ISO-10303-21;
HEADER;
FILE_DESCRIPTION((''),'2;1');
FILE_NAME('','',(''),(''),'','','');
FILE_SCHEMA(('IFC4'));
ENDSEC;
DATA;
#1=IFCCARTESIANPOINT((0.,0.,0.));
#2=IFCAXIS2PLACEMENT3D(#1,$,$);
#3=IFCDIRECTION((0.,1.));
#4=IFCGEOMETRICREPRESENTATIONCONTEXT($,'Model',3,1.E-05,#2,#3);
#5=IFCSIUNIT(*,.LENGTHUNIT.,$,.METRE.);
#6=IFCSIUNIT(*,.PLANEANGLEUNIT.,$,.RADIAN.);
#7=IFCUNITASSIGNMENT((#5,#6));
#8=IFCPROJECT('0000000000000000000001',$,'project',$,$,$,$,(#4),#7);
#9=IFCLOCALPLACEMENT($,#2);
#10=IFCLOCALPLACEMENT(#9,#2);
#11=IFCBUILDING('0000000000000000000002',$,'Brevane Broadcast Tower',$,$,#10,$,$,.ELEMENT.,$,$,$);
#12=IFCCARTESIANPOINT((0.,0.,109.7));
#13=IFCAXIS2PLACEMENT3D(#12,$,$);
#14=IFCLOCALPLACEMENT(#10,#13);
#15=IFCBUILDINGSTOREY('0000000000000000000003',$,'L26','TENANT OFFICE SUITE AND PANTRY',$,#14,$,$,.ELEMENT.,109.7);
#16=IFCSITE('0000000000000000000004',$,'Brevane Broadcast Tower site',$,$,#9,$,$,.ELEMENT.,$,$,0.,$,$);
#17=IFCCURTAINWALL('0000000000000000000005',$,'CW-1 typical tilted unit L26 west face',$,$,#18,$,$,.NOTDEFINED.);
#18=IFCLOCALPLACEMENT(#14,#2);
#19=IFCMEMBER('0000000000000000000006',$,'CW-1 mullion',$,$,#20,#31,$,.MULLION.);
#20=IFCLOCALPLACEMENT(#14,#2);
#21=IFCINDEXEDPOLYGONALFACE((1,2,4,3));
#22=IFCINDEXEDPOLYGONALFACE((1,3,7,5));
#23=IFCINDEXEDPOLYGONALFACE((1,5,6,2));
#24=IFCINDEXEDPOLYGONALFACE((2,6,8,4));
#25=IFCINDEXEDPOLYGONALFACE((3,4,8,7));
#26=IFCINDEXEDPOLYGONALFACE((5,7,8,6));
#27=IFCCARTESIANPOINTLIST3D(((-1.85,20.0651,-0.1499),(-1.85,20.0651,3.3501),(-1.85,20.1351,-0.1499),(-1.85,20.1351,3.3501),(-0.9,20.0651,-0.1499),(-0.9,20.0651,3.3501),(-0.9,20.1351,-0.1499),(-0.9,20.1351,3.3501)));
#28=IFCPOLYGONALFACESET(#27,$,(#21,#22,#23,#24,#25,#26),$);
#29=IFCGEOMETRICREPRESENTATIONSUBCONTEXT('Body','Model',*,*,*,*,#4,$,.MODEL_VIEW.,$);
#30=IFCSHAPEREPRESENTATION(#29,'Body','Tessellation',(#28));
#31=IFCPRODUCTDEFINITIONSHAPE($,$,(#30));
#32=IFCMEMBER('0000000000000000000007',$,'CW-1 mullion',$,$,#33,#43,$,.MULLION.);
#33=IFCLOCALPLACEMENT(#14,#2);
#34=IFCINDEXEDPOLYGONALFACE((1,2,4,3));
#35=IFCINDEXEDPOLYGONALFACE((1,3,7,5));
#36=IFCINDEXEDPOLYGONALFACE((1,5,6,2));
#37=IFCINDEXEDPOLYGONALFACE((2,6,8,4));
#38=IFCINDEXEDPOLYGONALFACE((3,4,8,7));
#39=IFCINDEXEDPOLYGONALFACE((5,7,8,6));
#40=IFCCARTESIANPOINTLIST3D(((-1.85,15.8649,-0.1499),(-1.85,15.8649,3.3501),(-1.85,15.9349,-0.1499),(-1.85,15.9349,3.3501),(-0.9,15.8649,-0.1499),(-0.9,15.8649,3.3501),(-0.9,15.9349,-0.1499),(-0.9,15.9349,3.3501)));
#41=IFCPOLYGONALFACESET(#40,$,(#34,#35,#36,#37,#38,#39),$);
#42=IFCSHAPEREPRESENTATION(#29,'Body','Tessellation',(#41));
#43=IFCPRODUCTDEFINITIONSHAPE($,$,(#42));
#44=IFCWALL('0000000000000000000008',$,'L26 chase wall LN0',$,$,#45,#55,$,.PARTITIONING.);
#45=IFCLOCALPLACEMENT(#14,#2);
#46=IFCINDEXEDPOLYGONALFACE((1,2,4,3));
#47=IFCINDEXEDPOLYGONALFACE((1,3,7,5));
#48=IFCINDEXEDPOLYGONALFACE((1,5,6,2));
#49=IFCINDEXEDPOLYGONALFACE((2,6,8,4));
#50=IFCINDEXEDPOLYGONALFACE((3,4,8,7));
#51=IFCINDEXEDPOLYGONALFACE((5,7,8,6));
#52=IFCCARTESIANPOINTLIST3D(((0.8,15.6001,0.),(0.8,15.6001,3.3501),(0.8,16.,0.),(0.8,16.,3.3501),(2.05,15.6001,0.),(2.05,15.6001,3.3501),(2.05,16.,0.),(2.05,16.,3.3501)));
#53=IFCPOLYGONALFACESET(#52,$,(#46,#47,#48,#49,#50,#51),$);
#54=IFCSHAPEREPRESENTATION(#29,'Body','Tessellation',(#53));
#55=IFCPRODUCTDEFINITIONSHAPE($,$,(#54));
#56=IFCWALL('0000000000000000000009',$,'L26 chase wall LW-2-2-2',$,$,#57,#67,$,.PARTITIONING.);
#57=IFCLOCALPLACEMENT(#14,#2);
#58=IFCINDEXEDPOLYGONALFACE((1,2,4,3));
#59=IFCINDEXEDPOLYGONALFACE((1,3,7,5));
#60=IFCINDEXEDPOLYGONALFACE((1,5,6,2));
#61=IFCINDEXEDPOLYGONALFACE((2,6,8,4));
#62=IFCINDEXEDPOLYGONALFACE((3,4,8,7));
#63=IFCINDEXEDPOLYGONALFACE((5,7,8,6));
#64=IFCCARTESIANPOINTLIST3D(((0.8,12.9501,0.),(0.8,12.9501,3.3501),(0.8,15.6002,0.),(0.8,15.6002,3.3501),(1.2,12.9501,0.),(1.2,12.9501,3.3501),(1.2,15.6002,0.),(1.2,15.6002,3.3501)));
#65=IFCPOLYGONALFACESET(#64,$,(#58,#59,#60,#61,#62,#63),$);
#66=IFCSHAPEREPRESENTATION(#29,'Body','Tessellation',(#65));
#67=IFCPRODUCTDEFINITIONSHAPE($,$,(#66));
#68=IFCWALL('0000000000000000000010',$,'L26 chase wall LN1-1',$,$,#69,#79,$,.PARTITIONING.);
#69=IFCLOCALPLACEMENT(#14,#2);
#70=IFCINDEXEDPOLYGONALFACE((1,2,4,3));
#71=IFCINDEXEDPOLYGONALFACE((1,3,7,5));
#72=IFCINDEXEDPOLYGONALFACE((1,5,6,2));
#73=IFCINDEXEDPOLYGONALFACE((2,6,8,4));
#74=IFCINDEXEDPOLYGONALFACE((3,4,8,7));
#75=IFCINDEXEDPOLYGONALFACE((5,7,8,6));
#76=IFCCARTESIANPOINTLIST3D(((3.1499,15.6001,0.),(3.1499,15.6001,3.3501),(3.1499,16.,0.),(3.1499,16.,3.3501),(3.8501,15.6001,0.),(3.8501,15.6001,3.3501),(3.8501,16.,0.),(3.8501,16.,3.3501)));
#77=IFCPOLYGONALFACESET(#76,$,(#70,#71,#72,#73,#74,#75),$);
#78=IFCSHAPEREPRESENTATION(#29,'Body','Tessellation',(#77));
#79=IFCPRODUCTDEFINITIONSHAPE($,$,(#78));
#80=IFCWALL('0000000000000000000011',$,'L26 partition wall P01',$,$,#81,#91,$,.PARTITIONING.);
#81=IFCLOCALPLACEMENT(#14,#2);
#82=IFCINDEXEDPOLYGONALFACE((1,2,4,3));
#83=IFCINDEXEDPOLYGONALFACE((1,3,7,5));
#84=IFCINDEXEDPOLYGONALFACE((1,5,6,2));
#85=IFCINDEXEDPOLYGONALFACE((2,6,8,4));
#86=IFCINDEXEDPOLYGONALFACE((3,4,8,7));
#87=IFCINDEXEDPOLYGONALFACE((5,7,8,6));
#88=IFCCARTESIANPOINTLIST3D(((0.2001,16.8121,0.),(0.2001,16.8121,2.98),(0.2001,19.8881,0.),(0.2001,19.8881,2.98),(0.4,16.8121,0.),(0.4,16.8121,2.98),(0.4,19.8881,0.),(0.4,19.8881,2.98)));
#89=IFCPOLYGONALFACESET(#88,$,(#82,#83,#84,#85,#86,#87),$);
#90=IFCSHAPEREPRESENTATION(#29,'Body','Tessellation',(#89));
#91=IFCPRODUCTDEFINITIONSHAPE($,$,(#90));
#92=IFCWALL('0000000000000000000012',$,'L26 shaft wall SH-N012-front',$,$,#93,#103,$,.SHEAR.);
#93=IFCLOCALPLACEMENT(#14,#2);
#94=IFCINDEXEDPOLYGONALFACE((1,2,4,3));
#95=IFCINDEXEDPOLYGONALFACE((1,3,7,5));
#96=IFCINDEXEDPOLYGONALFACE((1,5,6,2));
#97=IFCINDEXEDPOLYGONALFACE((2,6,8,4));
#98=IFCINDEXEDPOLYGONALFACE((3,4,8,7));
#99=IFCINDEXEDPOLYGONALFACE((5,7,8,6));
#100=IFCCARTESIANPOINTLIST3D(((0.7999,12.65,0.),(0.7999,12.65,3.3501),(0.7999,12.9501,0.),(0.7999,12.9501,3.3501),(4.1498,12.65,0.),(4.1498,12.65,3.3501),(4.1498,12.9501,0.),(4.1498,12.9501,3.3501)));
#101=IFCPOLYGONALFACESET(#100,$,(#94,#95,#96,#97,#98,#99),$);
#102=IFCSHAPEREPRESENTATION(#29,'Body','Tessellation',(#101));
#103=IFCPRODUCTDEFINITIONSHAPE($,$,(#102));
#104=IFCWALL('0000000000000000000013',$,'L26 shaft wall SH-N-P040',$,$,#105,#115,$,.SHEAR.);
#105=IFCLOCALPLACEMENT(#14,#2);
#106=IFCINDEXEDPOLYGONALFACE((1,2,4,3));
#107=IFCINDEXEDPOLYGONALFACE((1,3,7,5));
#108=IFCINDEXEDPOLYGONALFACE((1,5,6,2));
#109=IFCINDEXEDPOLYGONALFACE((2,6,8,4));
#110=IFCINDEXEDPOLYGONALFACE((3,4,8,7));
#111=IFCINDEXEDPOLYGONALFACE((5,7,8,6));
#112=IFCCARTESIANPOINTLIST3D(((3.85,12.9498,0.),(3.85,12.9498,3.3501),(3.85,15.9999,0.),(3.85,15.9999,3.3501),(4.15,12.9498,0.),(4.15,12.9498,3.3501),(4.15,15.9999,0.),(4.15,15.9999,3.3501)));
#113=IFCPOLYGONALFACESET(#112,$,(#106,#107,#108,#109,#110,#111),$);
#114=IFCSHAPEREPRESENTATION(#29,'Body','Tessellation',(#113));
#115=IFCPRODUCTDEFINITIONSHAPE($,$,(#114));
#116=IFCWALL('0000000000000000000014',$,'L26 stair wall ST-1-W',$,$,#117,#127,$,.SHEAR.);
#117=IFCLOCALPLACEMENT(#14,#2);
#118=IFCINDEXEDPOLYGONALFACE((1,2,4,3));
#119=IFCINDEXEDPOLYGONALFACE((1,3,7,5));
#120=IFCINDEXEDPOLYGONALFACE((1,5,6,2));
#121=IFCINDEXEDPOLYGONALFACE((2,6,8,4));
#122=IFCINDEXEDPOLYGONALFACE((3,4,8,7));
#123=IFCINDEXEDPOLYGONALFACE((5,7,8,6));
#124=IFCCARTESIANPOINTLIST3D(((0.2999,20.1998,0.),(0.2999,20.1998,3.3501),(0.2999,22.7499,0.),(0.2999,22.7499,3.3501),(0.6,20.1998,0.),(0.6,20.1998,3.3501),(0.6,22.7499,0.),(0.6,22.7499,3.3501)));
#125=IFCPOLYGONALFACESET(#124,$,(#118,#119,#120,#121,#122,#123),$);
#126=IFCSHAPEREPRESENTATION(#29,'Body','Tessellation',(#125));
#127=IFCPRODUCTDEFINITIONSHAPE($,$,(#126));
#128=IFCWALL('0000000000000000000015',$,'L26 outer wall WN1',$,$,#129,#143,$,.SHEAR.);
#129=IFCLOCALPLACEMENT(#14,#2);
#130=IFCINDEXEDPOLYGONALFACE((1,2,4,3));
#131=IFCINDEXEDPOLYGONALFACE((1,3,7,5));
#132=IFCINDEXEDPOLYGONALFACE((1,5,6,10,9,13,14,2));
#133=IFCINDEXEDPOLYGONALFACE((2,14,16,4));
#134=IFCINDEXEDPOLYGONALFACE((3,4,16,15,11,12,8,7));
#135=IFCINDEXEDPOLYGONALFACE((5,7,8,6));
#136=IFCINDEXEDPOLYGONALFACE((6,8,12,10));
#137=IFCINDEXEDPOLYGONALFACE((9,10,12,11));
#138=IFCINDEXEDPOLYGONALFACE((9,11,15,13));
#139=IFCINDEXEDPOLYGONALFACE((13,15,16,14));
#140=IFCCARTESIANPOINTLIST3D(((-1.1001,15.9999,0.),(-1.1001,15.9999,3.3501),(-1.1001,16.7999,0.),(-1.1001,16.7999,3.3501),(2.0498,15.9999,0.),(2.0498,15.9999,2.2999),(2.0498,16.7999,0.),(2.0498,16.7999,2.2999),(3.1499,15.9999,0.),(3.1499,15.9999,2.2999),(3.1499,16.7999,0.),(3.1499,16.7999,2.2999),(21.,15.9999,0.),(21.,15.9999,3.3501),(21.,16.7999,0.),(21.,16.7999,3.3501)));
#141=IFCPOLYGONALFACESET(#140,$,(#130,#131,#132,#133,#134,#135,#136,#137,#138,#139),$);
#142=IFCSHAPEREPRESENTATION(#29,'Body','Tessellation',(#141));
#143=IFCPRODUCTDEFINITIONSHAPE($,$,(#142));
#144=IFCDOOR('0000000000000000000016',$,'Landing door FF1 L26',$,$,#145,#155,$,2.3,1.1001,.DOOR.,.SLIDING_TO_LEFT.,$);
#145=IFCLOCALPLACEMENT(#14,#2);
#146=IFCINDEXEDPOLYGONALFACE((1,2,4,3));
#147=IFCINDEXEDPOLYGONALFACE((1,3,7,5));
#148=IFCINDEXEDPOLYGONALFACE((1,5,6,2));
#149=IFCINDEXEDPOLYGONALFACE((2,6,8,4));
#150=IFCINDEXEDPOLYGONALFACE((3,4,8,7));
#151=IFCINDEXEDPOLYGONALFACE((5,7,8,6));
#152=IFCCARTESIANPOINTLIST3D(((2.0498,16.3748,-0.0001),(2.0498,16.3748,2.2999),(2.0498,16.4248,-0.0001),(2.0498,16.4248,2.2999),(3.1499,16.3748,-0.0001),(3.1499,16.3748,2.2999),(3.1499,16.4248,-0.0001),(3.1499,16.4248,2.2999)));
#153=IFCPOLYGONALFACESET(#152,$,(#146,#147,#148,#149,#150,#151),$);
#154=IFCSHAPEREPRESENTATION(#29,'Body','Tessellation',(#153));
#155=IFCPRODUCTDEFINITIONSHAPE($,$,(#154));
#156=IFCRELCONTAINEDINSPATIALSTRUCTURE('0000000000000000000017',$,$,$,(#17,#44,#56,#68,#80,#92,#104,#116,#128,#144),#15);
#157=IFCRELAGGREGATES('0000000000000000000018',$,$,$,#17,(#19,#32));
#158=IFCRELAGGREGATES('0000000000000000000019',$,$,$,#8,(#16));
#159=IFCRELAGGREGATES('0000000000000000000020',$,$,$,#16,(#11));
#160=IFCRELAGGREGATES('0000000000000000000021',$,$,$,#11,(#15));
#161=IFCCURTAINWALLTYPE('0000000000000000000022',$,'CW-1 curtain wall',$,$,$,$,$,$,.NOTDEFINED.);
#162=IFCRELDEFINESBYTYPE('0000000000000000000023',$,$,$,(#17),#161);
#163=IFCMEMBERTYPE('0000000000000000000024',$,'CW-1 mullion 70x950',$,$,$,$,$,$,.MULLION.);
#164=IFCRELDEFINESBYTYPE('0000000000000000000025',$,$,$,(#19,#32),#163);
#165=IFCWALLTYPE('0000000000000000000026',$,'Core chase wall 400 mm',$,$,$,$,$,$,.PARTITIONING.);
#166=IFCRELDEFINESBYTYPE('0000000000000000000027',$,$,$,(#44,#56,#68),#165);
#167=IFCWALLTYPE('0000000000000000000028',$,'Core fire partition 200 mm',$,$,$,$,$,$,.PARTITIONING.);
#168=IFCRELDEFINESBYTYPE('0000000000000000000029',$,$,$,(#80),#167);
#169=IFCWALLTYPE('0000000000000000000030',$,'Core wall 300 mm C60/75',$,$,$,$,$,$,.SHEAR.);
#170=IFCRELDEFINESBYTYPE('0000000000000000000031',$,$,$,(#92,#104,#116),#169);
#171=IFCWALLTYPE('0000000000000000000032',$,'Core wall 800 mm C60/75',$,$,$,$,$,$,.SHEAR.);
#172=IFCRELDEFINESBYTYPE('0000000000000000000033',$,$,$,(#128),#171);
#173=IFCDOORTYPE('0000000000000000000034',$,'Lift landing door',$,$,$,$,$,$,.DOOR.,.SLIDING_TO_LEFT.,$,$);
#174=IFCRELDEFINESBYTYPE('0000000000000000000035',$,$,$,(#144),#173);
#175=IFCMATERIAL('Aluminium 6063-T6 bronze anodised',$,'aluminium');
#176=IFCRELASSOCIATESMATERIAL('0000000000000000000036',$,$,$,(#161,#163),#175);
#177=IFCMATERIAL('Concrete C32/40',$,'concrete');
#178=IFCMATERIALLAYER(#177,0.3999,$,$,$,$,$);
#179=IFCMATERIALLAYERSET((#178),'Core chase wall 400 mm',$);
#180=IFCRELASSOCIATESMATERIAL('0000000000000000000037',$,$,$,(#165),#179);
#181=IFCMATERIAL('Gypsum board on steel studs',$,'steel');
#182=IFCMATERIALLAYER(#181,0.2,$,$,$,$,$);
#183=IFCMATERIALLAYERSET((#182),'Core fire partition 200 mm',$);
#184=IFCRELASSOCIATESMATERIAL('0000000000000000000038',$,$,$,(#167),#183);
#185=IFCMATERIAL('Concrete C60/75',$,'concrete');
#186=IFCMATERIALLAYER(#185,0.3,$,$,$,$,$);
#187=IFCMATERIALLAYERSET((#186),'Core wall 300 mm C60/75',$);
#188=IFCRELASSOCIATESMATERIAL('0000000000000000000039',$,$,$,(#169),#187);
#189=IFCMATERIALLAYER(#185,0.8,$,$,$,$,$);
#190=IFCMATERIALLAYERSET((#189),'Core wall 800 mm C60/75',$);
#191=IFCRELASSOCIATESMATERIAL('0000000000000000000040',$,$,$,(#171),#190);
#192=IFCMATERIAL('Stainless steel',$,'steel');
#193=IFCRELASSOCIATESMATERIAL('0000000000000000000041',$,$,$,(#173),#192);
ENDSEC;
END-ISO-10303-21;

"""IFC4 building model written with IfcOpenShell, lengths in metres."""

from ifc_helpers import new_model, si_unit, direction, frame, frame_2d, origin, origin_2d, place, context, subcontext, project, spatial, rectangle, extrude, material, layer, layer_set, material_profile, profile_set, type_object, element, fill, aggregate, save


model = new_model("IFC4")

# Units and contexts
model_context = context("Model", 3, precision=1e-05, world=origin(), true_north=direction((0.0, 1.0)))
body_context = subcontext(model_context, "Body", "Model", "MODEL_VIEW")
ifc_project = project(units=[si_unit("LENGTHUNIT", "METRE"), si_unit("PLANEANGLEUNIT", "RADIAN")], contexts=[model_context])

# Site, building, storey
site_placement = place(None, origin())
site = spatial("IfcSite", under=ifc_project, at=site_placement, Name="Brevane Broadcast Tower site", CompositionType="ELEMENT", RefElevation=0.0)
building_placement = place(site_placement, origin())
building = spatial("IfcBuilding", under=site, at=building_placement, Name="Brevane Broadcast Tower", CompositionType="ELEMENT")
storey_placement = place(building_placement, frame((0.0, 0.0, 109.7)))
storey = spatial("IfcBuildingStorey", under=building, at=storey_placement, Name="L26", Description="TENANT OFFICE SUITE AND PANTRY", CompositionType="ELEMENT", Elevation=109.7)

# Curtain wall, members
ifc_material_1 = material(Name="Aluminium 6063-T6 bronze anodised", Category="aluminium")
curtain_wall_type = type_object("IfcCurtainWallType", Name="CW-1 curtain wall", PredefinedType="NOTDEFINED", material=ifc_material_1)
curtain_wall_placement = place(storey_placement, origin())
curtain_wall = element("IfcCurtainWall", 1, at=curtain_wall_placement, inside=storey, type_object=curtain_wall_type, Name="CW-1 typical tilted unit L26 west face", PredefinedType="NOTDEFINED")
ifc_material_profile = material_profile(ifc_material_1, rectangle(XDim=0.95, YDim=0.0701, at=origin_2d()), Name="RECT 70x950")
ifc_profile_set = profile_set([ifc_material_profile], Name="Aluminium 6063-T6 bronze anodised")
member_type = type_object("IfcMemberType", Name="CW-1 mullion 70x950", PredefinedType="MULLION", material=ifc_profile_set)
member_1_placement = place(storey_placement, frame((-1.375, 20.1001, -0.1499), z_axis=(0.0, 0.0, 1.0), x_axis=(1.0, 0.0, 0.0)))
member_1 = element("IfcMember", 2, at=member_1_placement, type_object=member_type, Name="CW-1 mullion", PredefinedType="MULLION", context=body_context, shape_type="SweptSolid", body=[
    extrude(rectangle(XDim=0.95, YDim=0.0701, at=origin_2d()), origin(), (0.0, 0.0, 1.0), 3.5),
])
member_2_placement = place(storey_placement, frame((-1.375, 15.8999, -0.1499), z_axis=(0.0, 0.0, 1.0), x_axis=(1.0, 0.0, 0.0)))
member_2 = element("IfcMember", 3, at=member_2_placement, type_object=member_type, Name="CW-1 mullion", PredefinedType="MULLION", context=body_context, shape_type="SweptSolid", body=[
    extrude(rectangle(XDim=0.95, YDim=0.0701, at=origin_2d()), origin(), (0.0, 0.0, 1.0), 3.5),
])
aggregate(curtain_wall, [member_1, member_2])

# Walls
ifc_material_2 = material(Name="Concrete C32/40", Category="concrete")
ifc_layer_1 = layer(ifc_material_2, 0.3999)
ifc_layer_set_1 = layer_set([ifc_layer_1], Name="Core chase wall 400 mm")
wall_type_1 = type_object("IfcWallType", Name="Core chase wall 400 mm", PredefinedType="PARTITIONING", material=ifc_layer_set_1)
wall_1_placement = place(storey_placement, frame((0.8, 15.8, 0.0), z_axis=(0.0, 0.0, 1.0), x_axis=(1.0, 0.0, 0.0)))
element("IfcWall", 4, at=wall_1_placement, inside=storey, type_object=wall_type_1, Name="L26 chase wall LN0", PredefinedType="PARTITIONING", context=body_context, shape_type="SweptSolid", body=[
    extrude(rectangle(XDim=1.25, YDim=0.3999, at=frame_2d((0.625, 0.0))), origin(), (0.0, 0.0, 1.0), 3.3501),
])
wall_2_placement = place(storey_placement, frame((1.0, 12.95, 0.0), z_axis=(0.0, 0.0, 1.0), x_axis=(0.0, 1.0, 0.0)))
element("IfcWall", 5, at=wall_2_placement, inside=storey, type_object=wall_type_1, Name="L26 chase wall LW-2-2-2", PredefinedType="PARTITIONING", context=body_context, shape_type="SweptSolid", body=[
    extrude(rectangle(XDim=2.6501, YDim=0.3999, at=frame_2d((1.3252, 0.0))), origin(), (0.0, 0.0, 1.0), 3.3501),
])
wall_3_placement = place(storey_placement, frame((3.1499, 15.8, 0.0), z_axis=(0.0, 0.0, 1.0), x_axis=(1.0, 0.0, 0.0)))
element("IfcWall", 6, at=wall_3_placement, inside=storey, type_object=wall_type_1, Name="L26 chase wall LN1-1", PredefinedType="PARTITIONING", context=body_context, shape_type="SweptSolid", body=[
    extrude(rectangle(XDim=0.7002, YDim=0.3999, at=frame_2d((0.3501, 0.0))), origin(), (0.0, 0.0, 1.0), 3.3501),
])
ifc_material_3 = material(Name="Gypsum board on steel studs", Category="steel")
ifc_layer_2 = layer(ifc_material_3, 0.2)
ifc_layer_set_2 = layer_set([ifc_layer_2], Name="Core fire partition 200 mm")
wall_type_2 = type_object("IfcWallType", Name="Core fire partition 200 mm", PredefinedType="PARTITIONING", material=ifc_layer_set_2)
wall_4_placement = place(storey_placement, frame((0.3, 16.812, 0.0), z_axis=(0.0, 0.0, 1.0), x_axis=(0.0, 1.0, 0.0)))
element("IfcWall", 7, at=wall_4_placement, inside=storey, type_object=wall_type_2, Name="L26 partition wall P01", PredefinedType="PARTITIONING", context=body_context, shape_type="SweptSolid", body=[
    extrude(rectangle(XDim=3.0759, YDim=0.2, at=frame_2d((1.5381, 0.0))), origin(), (0.0, 0.0, 1.0), 2.98),
])
ifc_material_4 = material(Name="Concrete C60/75", Category="concrete")
ifc_layer_3 = layer(ifc_material_4, 0.3)
ifc_layer_set_3 = layer_set([ifc_layer_3], Name="Core wall 300 mm C60/75")
wall_type_3 = type_object("IfcWallType", Name="Core wall 300 mm C60/75", PredefinedType="SHEAR", material=ifc_layer_set_3)
wall_5_placement = place(storey_placement, frame((0.8, 12.8, 0.0), z_axis=(0.0, 0.0, 1.0), x_axis=(1.0, 0.0, 0.0)))
element("IfcWall", 8, at=wall_5_placement, inside=storey, type_object=wall_type_3, Name="L26 shaft wall SH-N012-front", PredefinedType="SHEAR", context=body_context, shape_type="SweptSolid", body=[
    extrude(rectangle(XDim=3.3499, YDim=0.3, at=frame_2d((1.6748, 0.0))), origin(), (0.0, 0.0, 1.0), 3.3501),
])
wall_6_placement = place(storey_placement, frame((4.0, 12.95, 0.0), z_axis=(0.0, 0.0, 1.0), x_axis=(0.0, 1.0, 0.0)))
element("IfcWall", 9, at=wall_6_placement, inside=storey, type_object=wall_type_3, Name="L26 shaft wall SH-N-P040", PredefinedType="SHEAR", context=body_context, shape_type="SweptSolid", body=[
    extrude(rectangle(XDim=3.05, YDim=0.3, at=frame_2d((1.5249, 0.0))), origin(), (0.0, 0.0, 1.0), 3.3501),
])
wall_7_placement = place(storey_placement, frame((0.45, 20.2, 0.0), z_axis=(0.0, 0.0, 1.0), x_axis=(0.0, 1.0, 0.0)))
element("IfcWall", 10, at=wall_7_placement, inside=storey, type_object=wall_type_3, Name="L26 stair wall ST-1-W", PredefinedType="SHEAR", context=body_context, shape_type="SweptSolid", body=[
    extrude(rectangle(XDim=2.55, YDim=0.3, at=frame_2d((1.2749, 0.0))), origin(), (0.0, 0.0, 1.0), 3.3501),
])

# Wall, opening, door
ifc_layer_4 = layer(ifc_material_4, 0.8)
ifc_layer_set_4 = layer_set([ifc_layer_4], Name="Core wall 800 mm C60/75")
wall_type_4 = type_object("IfcWallType", Name="Core wall 800 mm C60/75", PredefinedType="SHEAR", material=ifc_layer_set_4)
wall_8_placement = place(storey_placement, frame((-1.1001, 16.3999, 0.0), z_axis=(0.0, 0.0, 1.0), x_axis=(1.0, 0.0, 0.0)))
wall_8 = element("IfcWall", 11, at=wall_8_placement, inside=storey, type_object=wall_type_4, Name="L26 outer wall WN1", PredefinedType="SHEAR", context=body_context, shape_type="SweptSolid", body=[
    extrude(rectangle(XDim=22.1001, YDim=0.8, at=frame_2d((11.05, 0.0))), origin(), (0.0, 0.0, 1.0), 3.3501),
])
opening_placement = place(wall_8_placement, frame((3.1499, 0.0, 0.0)))
opening = element("IfcOpeningElement", 12, at=opening_placement, cuts=wall_8, PredefinedType="OPENING", context=body_context, shape_type="SweptSolid", body=[
    extrude(rectangle(XDim=1.1001, YDim=2.3, at=frame_2d((0.55, 1.1499))), frame((0.0, 0.4099, 0.0), z_axis=(0.0, -1.0, 0.0), x_axis=(1.0, 0.0, 0.0)), (0.0, 0.0, 1.0), 0.8201),
])
ifc_material_5 = material(Name="Stainless steel", Category="steel")
door_type = type_object("IfcDoorType", Name="Lift landing door", OperationType="SLIDING_TO_LEFT", PredefinedType="DOOR", material=ifc_material_5)
door_placement = place(opening_placement, origin())
door = element("IfcDoor", 13, at=door_placement, inside=storey, type_object=door_type, Name="Landing door FF1 L26", OperationType="SLIDING_TO_LEFT", OverallHeight=2.3, OverallWidth=1.1001, PredefinedType="DOOR", context=body_context, shape_type="SweptSolid", body=[
    extrude(rectangle(XDim=1.1001, YDim=2.3, at=frame_2d((0.55, 1.1499))), frame((0.0, 0.0249, 0.0), z_axis=(0.0, -1.0, 0.0), x_axis=(1.0, 0.0, 0.0)), (0.0, 0.0, 1.0), 0.05),
])
fill(opening, door)

save(model, "model.ifc")
